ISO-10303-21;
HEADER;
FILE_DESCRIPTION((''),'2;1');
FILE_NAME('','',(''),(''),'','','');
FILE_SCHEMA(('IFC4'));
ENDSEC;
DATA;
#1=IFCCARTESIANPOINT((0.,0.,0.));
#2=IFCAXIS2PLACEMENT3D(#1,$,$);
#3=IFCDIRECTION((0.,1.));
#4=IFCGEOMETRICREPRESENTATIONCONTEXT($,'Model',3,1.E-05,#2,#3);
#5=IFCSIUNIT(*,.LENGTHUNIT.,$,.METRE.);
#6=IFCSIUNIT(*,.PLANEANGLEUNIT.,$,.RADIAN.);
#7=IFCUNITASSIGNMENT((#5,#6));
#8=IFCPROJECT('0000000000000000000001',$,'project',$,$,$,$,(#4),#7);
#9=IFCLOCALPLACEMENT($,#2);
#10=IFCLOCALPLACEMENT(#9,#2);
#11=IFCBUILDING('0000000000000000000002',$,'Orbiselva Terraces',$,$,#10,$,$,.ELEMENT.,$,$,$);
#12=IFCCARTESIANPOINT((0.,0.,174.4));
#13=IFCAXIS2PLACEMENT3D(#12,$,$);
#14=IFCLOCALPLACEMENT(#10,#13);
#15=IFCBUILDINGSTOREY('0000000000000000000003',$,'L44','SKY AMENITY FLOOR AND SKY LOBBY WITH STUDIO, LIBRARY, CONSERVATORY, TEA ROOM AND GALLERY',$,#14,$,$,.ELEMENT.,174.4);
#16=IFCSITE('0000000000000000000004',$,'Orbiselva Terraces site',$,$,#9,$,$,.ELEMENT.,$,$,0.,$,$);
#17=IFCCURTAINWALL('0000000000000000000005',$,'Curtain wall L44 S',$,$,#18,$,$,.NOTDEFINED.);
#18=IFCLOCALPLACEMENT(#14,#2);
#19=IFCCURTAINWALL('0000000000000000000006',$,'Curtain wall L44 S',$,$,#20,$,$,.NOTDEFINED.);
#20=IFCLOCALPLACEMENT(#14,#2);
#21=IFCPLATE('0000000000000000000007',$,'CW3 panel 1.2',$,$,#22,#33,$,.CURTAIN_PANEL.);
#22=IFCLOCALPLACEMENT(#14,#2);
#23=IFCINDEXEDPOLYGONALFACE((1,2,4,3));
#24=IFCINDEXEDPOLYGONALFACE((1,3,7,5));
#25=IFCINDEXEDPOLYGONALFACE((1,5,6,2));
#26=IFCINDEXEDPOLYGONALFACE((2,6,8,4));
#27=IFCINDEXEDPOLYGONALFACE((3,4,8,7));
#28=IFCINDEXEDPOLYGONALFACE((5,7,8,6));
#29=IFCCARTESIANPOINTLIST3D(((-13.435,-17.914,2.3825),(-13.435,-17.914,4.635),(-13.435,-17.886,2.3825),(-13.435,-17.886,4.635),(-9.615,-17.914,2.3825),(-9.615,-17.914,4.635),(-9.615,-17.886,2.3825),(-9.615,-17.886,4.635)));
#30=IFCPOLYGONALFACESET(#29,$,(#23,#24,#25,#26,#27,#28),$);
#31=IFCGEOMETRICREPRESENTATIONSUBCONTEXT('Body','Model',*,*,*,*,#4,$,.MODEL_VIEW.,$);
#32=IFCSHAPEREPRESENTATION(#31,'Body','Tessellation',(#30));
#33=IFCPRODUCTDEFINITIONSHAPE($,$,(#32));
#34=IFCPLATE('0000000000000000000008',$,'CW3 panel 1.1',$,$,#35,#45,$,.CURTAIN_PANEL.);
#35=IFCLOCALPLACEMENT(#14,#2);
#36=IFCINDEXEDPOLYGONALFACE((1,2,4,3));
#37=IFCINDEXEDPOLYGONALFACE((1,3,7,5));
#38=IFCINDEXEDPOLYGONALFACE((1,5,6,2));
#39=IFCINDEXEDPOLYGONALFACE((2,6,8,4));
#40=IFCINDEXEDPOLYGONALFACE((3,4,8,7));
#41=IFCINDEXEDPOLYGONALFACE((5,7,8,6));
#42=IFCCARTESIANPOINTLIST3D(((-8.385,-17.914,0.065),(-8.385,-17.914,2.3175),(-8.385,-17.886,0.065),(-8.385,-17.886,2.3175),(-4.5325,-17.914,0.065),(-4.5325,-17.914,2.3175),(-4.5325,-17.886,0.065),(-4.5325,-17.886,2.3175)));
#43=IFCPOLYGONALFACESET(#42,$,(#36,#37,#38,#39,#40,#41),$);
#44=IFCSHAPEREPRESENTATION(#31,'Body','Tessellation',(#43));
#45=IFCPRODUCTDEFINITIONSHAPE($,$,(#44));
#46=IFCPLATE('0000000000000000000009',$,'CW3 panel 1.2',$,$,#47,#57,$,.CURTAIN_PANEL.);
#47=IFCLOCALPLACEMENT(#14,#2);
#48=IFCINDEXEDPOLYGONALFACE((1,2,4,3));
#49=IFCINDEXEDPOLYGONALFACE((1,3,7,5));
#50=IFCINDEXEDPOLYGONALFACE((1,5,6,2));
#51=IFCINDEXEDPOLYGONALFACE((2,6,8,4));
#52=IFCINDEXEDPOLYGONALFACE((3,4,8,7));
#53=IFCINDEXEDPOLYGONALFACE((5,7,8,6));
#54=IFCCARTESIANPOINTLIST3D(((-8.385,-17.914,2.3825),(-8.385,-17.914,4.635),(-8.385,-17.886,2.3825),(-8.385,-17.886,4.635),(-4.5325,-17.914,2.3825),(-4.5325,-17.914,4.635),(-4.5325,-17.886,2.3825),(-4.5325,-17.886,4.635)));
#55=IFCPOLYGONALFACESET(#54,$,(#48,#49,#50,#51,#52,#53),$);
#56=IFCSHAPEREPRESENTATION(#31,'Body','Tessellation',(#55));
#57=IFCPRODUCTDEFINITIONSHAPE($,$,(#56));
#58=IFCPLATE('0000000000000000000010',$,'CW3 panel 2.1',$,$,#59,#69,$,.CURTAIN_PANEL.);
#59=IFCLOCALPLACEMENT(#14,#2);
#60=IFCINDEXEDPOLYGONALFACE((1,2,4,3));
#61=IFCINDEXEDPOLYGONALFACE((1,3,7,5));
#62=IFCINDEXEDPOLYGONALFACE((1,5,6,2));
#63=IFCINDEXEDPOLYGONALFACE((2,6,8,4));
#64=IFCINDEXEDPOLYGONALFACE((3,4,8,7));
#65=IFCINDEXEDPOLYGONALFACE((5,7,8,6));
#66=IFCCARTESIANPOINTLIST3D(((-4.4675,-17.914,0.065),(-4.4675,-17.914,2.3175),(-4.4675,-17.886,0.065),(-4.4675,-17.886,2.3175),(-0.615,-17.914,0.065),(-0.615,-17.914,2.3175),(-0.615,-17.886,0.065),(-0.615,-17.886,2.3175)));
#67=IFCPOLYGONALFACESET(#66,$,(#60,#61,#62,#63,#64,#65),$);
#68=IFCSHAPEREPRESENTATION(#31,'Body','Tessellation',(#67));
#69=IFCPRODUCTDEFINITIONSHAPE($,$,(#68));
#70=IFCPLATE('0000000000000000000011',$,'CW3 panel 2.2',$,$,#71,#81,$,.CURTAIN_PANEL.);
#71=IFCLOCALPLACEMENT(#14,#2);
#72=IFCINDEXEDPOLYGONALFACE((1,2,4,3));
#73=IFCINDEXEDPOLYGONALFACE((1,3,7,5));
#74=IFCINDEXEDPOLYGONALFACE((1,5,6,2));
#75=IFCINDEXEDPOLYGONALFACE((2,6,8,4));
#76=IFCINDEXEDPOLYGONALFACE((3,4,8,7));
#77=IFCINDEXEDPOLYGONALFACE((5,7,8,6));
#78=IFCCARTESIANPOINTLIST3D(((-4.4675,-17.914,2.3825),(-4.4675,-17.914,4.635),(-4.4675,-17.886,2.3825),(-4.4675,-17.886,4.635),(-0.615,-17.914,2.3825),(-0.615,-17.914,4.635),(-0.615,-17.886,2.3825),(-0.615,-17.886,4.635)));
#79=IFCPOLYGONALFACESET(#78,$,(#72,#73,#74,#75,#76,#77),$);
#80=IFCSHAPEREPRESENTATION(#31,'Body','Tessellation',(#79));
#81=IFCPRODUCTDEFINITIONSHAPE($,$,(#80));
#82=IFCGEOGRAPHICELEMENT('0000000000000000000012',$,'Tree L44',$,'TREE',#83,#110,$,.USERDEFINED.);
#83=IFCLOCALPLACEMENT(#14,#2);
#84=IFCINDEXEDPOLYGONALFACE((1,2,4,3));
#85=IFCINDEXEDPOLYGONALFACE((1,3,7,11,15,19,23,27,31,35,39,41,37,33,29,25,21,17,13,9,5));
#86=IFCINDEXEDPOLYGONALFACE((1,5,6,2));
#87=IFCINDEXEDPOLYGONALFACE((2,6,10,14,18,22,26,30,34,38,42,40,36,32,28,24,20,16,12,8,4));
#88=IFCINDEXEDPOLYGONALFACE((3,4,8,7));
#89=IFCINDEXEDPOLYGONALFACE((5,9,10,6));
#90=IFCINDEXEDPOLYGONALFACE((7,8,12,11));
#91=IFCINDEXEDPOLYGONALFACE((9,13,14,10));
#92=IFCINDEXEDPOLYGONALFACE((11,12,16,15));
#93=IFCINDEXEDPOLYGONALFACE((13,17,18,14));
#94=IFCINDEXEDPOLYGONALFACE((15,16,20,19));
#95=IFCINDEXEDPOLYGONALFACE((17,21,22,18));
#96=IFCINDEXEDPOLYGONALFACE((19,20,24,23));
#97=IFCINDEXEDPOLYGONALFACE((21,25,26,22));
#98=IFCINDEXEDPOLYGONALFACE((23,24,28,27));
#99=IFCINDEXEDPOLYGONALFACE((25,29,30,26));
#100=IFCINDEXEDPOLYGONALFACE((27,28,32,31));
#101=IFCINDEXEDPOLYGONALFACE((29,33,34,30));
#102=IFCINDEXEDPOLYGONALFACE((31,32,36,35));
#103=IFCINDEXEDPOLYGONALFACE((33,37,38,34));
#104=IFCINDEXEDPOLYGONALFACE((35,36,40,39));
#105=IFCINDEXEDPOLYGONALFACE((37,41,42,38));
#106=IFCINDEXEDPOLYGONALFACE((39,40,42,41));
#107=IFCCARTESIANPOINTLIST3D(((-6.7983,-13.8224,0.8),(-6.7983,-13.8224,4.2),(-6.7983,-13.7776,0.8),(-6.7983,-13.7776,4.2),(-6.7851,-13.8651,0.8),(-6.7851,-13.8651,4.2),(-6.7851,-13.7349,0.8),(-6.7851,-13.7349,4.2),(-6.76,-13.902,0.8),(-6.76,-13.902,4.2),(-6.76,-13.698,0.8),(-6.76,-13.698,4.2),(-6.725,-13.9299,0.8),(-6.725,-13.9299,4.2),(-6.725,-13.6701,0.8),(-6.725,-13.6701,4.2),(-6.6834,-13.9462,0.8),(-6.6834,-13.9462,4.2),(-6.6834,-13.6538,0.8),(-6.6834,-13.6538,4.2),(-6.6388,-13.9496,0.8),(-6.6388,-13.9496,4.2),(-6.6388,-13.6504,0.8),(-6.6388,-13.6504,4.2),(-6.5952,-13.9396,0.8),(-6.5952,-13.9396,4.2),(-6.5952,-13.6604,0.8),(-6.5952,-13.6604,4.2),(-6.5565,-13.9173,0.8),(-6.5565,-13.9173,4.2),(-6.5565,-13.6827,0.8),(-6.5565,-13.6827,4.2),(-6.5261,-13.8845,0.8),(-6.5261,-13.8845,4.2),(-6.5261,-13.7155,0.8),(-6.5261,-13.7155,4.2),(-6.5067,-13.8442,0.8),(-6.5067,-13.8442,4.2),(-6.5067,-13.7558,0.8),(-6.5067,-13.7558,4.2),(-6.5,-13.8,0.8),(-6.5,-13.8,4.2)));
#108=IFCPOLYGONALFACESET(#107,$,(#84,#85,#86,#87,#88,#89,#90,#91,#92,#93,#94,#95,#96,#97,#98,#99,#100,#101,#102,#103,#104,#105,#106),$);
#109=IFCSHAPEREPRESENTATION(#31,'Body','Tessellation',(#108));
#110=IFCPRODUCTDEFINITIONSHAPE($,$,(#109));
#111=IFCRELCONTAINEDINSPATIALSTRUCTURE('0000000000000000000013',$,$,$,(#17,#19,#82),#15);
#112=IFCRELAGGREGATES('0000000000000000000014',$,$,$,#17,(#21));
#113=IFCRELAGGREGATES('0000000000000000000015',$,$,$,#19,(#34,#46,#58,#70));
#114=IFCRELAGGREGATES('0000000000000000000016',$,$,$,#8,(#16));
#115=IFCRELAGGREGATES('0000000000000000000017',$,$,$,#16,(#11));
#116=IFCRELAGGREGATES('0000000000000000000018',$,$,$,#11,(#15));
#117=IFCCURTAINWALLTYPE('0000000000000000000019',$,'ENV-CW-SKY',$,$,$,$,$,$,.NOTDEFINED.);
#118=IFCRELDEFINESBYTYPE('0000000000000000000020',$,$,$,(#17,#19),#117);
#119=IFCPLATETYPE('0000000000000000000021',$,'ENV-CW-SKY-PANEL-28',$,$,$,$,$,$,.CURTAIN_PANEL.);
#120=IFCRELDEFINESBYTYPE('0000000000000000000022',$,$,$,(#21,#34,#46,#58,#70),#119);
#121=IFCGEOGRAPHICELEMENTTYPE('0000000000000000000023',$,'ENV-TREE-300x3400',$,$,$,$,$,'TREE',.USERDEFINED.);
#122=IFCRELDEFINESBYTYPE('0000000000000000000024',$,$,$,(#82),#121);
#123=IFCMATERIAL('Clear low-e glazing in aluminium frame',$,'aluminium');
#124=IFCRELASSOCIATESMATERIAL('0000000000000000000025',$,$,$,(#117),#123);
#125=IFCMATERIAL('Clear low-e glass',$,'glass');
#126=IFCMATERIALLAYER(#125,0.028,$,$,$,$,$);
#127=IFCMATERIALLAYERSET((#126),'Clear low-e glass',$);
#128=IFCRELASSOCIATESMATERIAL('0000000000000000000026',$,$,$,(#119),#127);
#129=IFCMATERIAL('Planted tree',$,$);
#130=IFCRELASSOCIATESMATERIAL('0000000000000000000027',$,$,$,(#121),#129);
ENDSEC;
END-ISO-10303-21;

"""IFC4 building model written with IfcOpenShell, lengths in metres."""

from ifc_helpers import new_model, si_unit, direction, frame, origin, origin_2d, place, context, subcontext, project, spatial, rectangle, circle, extrude, material, layer, layer_set, type_object, element, aggregate, save


model = new_model("IFC4")

# Units and contexts
model_context = context("Model", 3, precision=1e-05, world=origin(), true_north=direction((0.0, 1.0)))
body_context = subcontext(model_context, "Body", "Model", "MODEL_VIEW")
ifc_project = project(units=[si_unit("LENGTHUNIT", "METRE"), si_unit("PLANEANGLEUNIT", "RADIAN")], contexts=[model_context])

# Site, building, storey
site_placement = place(None, origin())
site = spatial("IfcSite", under=ifc_project, at=site_placement, Name="Orbiselva Terraces site", CompositionType="ELEMENT", RefElevation=0.0)
building_placement = place(site_placement, origin())
building = spatial("IfcBuilding", under=site, at=building_placement, Name="Orbiselva Terraces", CompositionType="ELEMENT")
storey_placement = place(building_placement, frame((0.0, 0.0, 174.4)))
storey = spatial("IfcBuildingStorey", under=building, at=storey_placement, Name="L44", Description="SKY AMENITY FLOOR AND SKY LOBBY WITH STUDIO, LIBRARY, CONSERVATORY, TEA ROOM AND GALLERY", CompositionType="ELEMENT", Elevation=174.4)

# Curtain wall
ifc_material_1 = material(Name="Clear low-e glazing in aluminium frame", Category="aluminium")
curtain_wall_type = type_object("IfcCurtainWallType", Name="ENV-CW-SKY", PredefinedType="NOTDEFINED", material=ifc_material_1)
curtain_wall_1_placement = place(storey_placement, origin())
curtain_wall_1 = element("IfcCurtainWall", 1, at=curtain_wall_1_placement, inside=storey, type_object=curtain_wall_type, Name="Curtain wall L44 S", PredefinedType="NOTDEFINED")

# Curtain wall
curtain_wall_2_placement = place(storey_placement, origin())
curtain_wall_2 = element("IfcCurtainWall", 2, at=curtain_wall_2_placement, inside=storey, type_object=curtain_wall_type, Name="Curtain wall L44 S", PredefinedType="NOTDEFINED")

# Plates
ifc_material_2 = material(Name="Clear low-e glass", Category="glass")
ifc_layer = layer(ifc_material_2, 0.028)
ifc_layer_set = layer_set([ifc_layer], Name="Clear low-e glass")
plate_type = type_object("IfcPlateType", Name="ENV-CW-SKY-PANEL-28", PredefinedType="CURTAIN_PANEL", material=ifc_layer_set)
plate_1_placement = place(storey_placement, frame((-11.525, -17.9, 2.3825), z_axis=(0.0, 0.0, 1.0), x_axis=(1.0, 0.0, 0.0)))
plate_1 = element("IfcPlate", 3, at=plate_1_placement, type_object=plate_type, Name="CW3 panel 1.2", PredefinedType="CURTAIN_PANEL", context=body_context, shape_type="SweptSolid", body=[
    extrude(rectangle(XDim=3.82, YDim=0.028, at=origin_2d()), origin(), (0.0, 0.0, 1.0), 2.2525),
])
aggregate(curtain_wall_1, [plate_1])
plate_2_placement = place(storey_placement, frame((-6.4588, -17.9, 0.065), z_axis=(0.0, 0.0, 1.0), x_axis=(1.0, 0.0, 0.0)))
plate_2 = element("IfcPlate", 4, at=plate_2_placement, type_object=plate_type, Name="CW3 panel 1.1", PredefinedType="CURTAIN_PANEL", context=body_context, shape_type="SweptSolid", body=[
    extrude(rectangle(XDim=3.8525, YDim=0.028, at=origin_2d()), origin(), (0.0, 0.0, 1.0), 2.2525),
])
plate_3_placement = place(storey_placement, frame((-6.4588, -17.9, 2.3825), z_axis=(0.0, 0.0, 1.0), x_axis=(1.0, 0.0, 0.0)))
plate_3 = element("IfcPlate", 5, at=plate_3_placement, type_object=plate_type, Name="CW3 panel 1.2", PredefinedType="CURTAIN_PANEL", context=body_context, shape_type="SweptSolid", body=[
    extrude(rectangle(XDim=3.8525, YDim=0.028, at=origin_2d()), origin(), (0.0, 0.0, 1.0), 2.2525),
])
plate_4_placement = place(storey_placement, frame((-2.5412, -17.9, 0.065), z_axis=(0.0, 0.0, 1.0), x_axis=(1.0, 0.0, 0.0)))
plate_4 = element("IfcPlate", 6, at=plate_4_placement, type_object=plate_type, Name="CW3 panel 2.1", PredefinedType="CURTAIN_PANEL", context=body_context, shape_type="SweptSolid", body=[
    extrude(rectangle(XDim=3.8525, YDim=0.028, at=origin_2d()), origin(), (0.0, 0.0, 1.0), 2.2525),
])
plate_5_placement = place(storey_placement, frame((-2.5412, -17.9, 2.3825), z_axis=(0.0, 0.0, 1.0), x_axis=(1.0, 0.0, 0.0)))
plate_5 = element("IfcPlate", 7, at=plate_5_placement, type_object=plate_type, Name="CW3 panel 2.2", PredefinedType="CURTAIN_PANEL", context=body_context, shape_type="SweptSolid", body=[
    extrude(rectangle(XDim=3.8525, YDim=0.028, at=origin_2d()), origin(), (0.0, 0.0, 1.0), 2.2525),
])
aggregate(curtain_wall_2, [plate_2, plate_3, plate_4, plate_5])

# Geographic element
ifc_material_3 = material(Name="Planted tree")
geographic_element_type = type_object("IfcGeographicElementType", Name="ENV-TREE-300x3400", ElementType="TREE", PredefinedType="USERDEFINED", material=ifc_material_3)
geographic_element_placement = place(storey_placement, frame((-6.65, -13.8, 4.2), z_axis=(0.0, 0.0, -1.0), x_axis=(1.0, 0.0, 0.0)))
element("IfcGeographicElement", 8, at=geographic_element_placement, inside=storey, type_object=geographic_element_type, Name="Tree L44", ObjectType="TREE", PredefinedType="USERDEFINED", context=body_context, shape_type="SweptSolid", body=[
    extrude(circle(Radius=0.15, at=origin_2d()), origin(), (0.0, 0.0, 1.0), 3.4),
])

save(model, "model.ifc")
